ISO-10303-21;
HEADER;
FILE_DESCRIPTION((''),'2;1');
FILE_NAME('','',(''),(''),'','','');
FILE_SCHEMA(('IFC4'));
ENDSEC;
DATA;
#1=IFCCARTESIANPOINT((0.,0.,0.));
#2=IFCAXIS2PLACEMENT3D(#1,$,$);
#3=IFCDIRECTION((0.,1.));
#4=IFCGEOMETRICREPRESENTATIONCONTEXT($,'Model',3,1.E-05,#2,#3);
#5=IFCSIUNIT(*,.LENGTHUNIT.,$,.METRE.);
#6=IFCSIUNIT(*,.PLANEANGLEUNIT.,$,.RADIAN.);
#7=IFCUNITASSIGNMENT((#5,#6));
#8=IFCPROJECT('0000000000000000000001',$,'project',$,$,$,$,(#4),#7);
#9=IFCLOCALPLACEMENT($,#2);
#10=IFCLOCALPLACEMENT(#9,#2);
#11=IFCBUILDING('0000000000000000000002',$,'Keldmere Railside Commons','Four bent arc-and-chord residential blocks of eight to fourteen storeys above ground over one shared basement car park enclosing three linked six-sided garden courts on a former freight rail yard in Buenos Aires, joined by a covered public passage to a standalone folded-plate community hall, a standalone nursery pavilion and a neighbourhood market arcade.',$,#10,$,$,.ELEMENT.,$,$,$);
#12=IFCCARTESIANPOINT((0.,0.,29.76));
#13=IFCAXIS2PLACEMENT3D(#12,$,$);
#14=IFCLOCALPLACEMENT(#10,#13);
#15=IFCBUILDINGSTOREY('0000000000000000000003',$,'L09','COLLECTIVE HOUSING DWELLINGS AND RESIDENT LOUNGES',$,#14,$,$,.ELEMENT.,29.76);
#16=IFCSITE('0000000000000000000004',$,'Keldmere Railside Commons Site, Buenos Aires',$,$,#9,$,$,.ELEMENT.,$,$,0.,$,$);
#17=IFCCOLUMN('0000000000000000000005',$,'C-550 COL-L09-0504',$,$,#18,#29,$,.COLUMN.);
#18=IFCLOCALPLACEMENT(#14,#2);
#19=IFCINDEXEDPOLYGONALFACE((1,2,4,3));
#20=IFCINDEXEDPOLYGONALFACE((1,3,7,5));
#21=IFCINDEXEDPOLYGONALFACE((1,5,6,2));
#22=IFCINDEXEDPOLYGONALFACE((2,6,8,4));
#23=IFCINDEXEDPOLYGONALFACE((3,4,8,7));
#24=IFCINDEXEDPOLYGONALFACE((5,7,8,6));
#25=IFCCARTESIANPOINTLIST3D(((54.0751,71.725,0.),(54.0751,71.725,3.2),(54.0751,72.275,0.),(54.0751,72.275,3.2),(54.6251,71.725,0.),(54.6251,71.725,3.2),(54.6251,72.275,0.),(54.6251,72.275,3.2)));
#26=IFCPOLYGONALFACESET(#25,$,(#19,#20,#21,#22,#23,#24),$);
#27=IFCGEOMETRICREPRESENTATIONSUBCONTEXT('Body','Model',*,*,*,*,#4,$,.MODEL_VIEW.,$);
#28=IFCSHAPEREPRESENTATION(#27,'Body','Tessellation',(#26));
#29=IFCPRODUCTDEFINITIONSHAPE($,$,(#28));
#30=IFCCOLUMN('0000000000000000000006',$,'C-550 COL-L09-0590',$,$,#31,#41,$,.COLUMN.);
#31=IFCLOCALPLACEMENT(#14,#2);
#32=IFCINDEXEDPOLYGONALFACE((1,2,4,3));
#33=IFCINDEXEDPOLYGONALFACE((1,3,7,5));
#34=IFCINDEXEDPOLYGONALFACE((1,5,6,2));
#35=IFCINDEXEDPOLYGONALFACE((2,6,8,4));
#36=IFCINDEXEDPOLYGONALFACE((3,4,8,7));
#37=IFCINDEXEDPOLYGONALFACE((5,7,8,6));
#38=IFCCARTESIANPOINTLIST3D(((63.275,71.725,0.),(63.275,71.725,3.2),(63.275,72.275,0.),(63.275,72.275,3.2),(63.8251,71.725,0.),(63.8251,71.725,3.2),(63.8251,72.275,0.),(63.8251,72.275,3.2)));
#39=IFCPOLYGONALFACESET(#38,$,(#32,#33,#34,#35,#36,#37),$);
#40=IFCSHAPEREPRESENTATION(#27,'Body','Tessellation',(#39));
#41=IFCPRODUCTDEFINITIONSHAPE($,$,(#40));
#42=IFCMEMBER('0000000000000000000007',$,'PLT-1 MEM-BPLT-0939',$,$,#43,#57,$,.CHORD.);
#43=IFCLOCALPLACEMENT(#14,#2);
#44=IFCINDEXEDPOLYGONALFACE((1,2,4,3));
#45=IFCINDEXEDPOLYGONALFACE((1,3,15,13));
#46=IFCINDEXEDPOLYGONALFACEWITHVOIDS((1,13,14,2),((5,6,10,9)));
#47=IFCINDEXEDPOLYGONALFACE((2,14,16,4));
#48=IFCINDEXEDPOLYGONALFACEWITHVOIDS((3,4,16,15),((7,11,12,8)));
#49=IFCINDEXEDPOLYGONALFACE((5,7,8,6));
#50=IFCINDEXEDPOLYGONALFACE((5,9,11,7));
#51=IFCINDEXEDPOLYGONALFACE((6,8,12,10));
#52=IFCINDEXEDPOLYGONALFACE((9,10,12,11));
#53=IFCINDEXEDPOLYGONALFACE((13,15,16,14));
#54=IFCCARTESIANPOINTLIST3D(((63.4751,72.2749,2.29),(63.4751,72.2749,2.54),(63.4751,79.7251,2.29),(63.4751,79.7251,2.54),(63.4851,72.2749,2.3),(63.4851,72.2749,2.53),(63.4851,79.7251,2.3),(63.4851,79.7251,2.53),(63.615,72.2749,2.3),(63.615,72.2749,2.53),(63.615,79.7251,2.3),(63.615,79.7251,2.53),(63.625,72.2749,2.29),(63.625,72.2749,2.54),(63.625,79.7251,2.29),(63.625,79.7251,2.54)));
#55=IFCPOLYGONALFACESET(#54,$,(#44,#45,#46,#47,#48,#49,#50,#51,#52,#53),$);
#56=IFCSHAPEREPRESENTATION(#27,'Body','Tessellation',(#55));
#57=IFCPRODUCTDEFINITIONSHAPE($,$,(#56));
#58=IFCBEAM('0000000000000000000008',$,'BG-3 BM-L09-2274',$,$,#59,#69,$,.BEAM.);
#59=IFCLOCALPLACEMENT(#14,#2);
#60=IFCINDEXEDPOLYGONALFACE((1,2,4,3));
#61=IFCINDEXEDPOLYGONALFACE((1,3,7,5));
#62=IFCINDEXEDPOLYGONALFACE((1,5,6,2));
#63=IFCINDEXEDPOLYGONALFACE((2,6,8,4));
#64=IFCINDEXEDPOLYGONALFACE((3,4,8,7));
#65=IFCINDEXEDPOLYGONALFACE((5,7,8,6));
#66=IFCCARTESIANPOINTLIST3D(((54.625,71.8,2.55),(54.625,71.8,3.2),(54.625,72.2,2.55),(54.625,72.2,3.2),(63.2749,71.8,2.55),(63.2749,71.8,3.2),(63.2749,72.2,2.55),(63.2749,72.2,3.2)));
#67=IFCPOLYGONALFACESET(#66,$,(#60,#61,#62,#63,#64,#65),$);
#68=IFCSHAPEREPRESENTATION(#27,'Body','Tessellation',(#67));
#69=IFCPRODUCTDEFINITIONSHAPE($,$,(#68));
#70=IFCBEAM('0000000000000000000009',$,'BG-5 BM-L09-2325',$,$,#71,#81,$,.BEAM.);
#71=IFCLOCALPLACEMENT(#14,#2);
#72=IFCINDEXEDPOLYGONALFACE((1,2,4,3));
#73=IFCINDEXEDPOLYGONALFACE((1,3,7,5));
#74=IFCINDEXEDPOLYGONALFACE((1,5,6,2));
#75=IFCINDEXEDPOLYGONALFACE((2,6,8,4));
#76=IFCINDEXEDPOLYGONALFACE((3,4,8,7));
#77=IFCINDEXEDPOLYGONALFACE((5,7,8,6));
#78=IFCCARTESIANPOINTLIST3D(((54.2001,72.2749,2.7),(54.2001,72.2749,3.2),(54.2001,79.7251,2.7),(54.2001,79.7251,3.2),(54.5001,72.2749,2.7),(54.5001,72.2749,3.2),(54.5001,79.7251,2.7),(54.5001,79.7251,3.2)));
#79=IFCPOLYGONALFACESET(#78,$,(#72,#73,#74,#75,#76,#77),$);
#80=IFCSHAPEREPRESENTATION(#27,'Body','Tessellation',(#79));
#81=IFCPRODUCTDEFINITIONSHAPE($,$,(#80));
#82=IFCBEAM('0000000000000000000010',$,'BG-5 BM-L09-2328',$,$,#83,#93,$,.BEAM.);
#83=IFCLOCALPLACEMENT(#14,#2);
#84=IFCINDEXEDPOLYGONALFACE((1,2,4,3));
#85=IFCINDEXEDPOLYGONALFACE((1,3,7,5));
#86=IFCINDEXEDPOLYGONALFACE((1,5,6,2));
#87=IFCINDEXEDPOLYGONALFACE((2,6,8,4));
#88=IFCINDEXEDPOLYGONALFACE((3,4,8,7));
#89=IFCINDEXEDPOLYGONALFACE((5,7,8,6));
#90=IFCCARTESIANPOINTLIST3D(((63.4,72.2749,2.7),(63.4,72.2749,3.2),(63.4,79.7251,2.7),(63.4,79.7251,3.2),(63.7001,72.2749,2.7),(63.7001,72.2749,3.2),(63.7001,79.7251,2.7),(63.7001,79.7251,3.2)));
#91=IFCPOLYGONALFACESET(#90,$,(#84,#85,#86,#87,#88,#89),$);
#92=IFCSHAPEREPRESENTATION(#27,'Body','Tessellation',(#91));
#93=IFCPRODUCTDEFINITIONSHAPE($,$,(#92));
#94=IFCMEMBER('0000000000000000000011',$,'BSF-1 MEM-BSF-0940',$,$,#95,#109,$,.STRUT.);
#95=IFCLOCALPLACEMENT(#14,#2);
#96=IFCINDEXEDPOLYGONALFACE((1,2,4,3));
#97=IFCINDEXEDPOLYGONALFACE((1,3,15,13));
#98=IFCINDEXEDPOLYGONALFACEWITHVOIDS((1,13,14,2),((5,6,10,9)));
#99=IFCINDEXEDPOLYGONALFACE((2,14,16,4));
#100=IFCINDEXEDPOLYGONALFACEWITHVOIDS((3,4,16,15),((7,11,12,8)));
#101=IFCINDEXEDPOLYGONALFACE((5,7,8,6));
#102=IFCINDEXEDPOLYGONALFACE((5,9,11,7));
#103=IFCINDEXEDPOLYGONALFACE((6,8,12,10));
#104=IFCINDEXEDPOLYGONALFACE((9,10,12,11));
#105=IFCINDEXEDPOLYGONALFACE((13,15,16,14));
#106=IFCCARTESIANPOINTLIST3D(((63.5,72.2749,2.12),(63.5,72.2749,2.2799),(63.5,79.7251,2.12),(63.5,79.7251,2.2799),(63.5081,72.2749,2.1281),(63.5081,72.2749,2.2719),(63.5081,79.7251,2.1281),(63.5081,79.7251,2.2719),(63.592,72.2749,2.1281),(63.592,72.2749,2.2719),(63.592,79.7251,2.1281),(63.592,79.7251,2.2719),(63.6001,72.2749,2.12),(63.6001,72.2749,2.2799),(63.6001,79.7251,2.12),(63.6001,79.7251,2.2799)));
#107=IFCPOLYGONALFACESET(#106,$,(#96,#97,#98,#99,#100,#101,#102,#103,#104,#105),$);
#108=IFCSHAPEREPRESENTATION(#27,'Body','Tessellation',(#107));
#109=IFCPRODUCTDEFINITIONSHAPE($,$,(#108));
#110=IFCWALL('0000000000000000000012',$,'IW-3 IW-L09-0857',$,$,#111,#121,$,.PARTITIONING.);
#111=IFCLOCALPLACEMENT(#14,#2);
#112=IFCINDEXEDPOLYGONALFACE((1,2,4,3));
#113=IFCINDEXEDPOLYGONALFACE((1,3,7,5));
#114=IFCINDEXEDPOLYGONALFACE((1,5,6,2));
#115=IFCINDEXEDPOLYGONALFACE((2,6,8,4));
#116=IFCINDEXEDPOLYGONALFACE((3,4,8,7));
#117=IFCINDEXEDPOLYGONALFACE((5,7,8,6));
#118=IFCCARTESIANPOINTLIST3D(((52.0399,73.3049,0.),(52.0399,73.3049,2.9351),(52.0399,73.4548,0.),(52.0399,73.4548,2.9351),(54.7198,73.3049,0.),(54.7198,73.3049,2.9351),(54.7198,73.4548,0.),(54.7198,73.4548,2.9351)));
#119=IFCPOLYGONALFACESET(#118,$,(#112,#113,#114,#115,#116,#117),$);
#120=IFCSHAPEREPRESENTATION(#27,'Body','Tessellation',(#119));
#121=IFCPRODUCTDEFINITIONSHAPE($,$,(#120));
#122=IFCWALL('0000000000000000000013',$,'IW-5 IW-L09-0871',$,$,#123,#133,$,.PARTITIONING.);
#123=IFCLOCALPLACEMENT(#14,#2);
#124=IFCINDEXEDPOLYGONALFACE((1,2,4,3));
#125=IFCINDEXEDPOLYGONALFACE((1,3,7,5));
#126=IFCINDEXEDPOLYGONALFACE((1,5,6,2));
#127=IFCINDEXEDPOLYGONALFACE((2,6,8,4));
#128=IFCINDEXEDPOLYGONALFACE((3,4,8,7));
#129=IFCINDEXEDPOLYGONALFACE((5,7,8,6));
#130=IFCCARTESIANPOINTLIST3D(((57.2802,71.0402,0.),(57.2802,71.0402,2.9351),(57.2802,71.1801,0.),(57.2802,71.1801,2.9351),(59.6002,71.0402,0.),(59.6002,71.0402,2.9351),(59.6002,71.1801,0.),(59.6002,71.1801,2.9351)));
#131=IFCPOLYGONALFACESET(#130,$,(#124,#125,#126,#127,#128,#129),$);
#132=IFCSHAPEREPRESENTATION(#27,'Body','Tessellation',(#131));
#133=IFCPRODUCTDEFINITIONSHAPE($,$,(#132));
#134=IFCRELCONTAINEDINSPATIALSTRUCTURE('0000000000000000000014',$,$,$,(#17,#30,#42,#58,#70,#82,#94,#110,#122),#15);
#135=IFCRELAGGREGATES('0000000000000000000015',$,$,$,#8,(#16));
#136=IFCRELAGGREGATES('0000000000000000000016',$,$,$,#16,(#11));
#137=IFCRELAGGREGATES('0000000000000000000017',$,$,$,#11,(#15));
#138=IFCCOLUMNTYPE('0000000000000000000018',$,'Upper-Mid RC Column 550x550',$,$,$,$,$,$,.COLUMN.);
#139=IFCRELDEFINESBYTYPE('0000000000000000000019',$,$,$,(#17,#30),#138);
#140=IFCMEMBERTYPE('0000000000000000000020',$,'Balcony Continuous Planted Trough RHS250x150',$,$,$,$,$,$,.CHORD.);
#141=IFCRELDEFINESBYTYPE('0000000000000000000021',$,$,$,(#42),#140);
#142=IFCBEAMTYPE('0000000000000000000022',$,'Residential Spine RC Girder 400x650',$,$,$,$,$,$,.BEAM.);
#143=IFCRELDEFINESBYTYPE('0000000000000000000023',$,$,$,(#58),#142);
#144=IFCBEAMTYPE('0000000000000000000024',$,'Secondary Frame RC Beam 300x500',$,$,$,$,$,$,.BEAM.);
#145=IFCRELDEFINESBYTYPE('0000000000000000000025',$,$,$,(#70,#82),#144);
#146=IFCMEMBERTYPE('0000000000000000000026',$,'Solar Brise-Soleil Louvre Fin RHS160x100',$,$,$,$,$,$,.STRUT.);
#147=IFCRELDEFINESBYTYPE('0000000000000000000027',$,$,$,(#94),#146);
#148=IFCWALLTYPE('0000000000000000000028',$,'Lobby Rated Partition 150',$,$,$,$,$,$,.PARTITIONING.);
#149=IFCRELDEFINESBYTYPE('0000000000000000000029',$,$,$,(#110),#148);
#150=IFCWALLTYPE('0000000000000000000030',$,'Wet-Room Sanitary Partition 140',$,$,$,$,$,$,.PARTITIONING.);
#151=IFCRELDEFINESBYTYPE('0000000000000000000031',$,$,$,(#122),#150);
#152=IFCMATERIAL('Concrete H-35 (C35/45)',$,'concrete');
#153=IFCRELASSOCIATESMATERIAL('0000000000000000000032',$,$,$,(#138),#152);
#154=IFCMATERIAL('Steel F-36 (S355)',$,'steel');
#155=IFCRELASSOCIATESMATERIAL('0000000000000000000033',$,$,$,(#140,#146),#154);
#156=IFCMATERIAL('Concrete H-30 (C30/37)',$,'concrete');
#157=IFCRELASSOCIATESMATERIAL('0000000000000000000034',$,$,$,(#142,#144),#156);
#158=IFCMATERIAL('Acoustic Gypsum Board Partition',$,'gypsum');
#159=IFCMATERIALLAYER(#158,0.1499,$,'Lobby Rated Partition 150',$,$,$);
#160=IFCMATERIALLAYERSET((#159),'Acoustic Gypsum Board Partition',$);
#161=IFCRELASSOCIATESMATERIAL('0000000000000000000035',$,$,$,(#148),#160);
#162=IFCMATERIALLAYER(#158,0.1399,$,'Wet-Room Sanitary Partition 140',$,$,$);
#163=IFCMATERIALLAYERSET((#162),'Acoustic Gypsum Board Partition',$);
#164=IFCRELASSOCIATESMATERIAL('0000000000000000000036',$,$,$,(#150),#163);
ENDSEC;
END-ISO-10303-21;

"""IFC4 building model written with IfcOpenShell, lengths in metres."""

from ifc_helpers import new_model, si_unit, direction, frame, frame_2d, origin, origin_2d, place, context, subcontext, project, spatial, rectangle, hollow_rectangle, extrude, material, layer, layer_set, material_profile, profile_set, type_object, element, save


model = new_model("IFC4")

# Units and contexts
model_context = context("Model", 3, precision=1e-05, world=origin(), true_north=direction((0.0, 1.0)))
body_context = subcontext(model_context, "Body", "Model", "MODEL_VIEW")
ifc_project = project(units=[si_unit("LENGTHUNIT", "METRE"), si_unit("PLANEANGLEUNIT", "RADIAN")], contexts=[model_context])

# Site, building, storey
site_placement = place(None, origin())
site = spatial("IfcSite", under=ifc_project, at=site_placement, Name="Keldmere Railside Commons Site, Buenos Aires", CompositionType="ELEMENT", RefElevation=0.0)
building_placement = place(site_placement, origin())
building = spatial("IfcBuilding", under=site, at=building_placement, Name="Keldmere Railside Commons", Description="Four bent arc-and-chord residential blocks of eight to fourteen storeys above ground over one shared basement car park enclosing three linked six-sided garden courts on a former freight rail yard in Buenos Aires, joined by a covered public passage to a standalone folded-plate community hall, a standalone nursery pavilion and a neighbourhood market arcade.", CompositionType="ELEMENT")
storey_placement = place(building_placement, frame((0.0, 0.0, 29.76)))
storey = spatial("IfcBuildingStorey", under=building, at=storey_placement, Name="L09", Description="COLLECTIVE HOUSING DWELLINGS AND RESIDENT LOUNGES", CompositionType="ELEMENT", Elevation=29.76)

# Columns
ifc_material_1 = material(Name="Concrete H-35 (C35/45)", Category="concrete")
ifc_material_profile_1 = material_profile(ifc_material_1, rectangle(XDim=0.55, YDim=0.55, at=origin_2d()), Name="RC-550x550")
ifc_profile_set_1 = profile_set([ifc_material_profile_1], Name="Concrete H-35 (C35/45)")
column_type = type_object("IfcColumnType", Name="Upper-Mid RC Column 550x550", PredefinedType="COLUMN", material=ifc_profile_set_1)
for number, where, z_axis, x_axis, name in (
    (1, (54.3501, 72.0, 0.0), (0.0, 0.0, 1.0), (1.0, 0.0, 0.0), "C-550 COL-L09-0504"),
    (2, (63.55, 72.0, 0.0), (0.0, 0.0, 1.0), (1.0, 0.0, 0.0), "C-550 COL-L09-0590"),
):
    element("IfcColumn", number, at=place(storey_placement, frame(where, z_axis=z_axis, x_axis=x_axis)), inside=storey, type_object=column_type, Name=name, PredefinedType="COLUMN", context=body_context, shape_type="SweptSolid", body=[
        extrude(rectangle(XDim=0.55, YDim=0.55, at=origin_2d()), origin(), (0.0, 0.0, 1.0), 3.2),
    ])

# Member
ifc_material_2 = material(Name="Steel F-36 (S355)", Category="steel")
ifc_material_profile_2 = material_profile(ifc_material_2, hollow_rectangle(XDim=0.1499, YDim=0.25, WallThickness=0.01, at=origin_2d()), Name="RHS-250x150x10")
ifc_profile_set_2 = profile_set([ifc_material_profile_2], Name="Steel F-36 (S355)")
member_type_1 = type_object("IfcMemberType", Name="Balcony Continuous Planted Trough RHS250x150", PredefinedType="CHORD", material=ifc_profile_set_2)
member_1_placement = place(storey_placement, frame((63.55, 72.2749, 2.415), z_axis=(0.0, 1.0, 0.0), x_axis=(-1.0, 0.0, 0.0)))
element("IfcMember", 3, at=member_1_placement, inside=storey, type_object=member_type_1, Name="PLT-1 MEM-BPLT-0939", PredefinedType="CHORD", context=body_context, shape_type="SweptSolid", body=[
    extrude(hollow_rectangle(XDim=0.1499, YDim=0.25, WallThickness=0.01, at=origin_2d()), origin(), (0.0, 0.0, 1.0), 7.4502),
])

# Beams
ifc_material_3 = material(Name="Concrete H-30 (C30/37)", Category="concrete")
ifc_material_profile_3 = material_profile(ifc_material_3, rectangle(XDim=0.3999, YDim=0.6499, at=origin_2d()), Name="RC-400x650")
ifc_profile_set_3 = profile_set([ifc_material_profile_3], Name="Concrete H-30 (C30/37)")
beam_type_1 = type_object("IfcBeamType", Name="Residential Spine RC Girder 400x650", PredefinedType="BEAM", material=ifc_profile_set_3)
beam_placement = place(storey_placement, frame((54.625, 72.0, 2.875), z_axis=(1.0, 0.0, 0.0), x_axis=(0.0, 1.0, 0.0)))
element("IfcBeam", 4, at=beam_placement, inside=storey, type_object=beam_type_1, Name="BG-3 BM-L09-2274", PredefinedType="BEAM", context=body_context, shape_type="SweptSolid", body=[
    extrude(rectangle(XDim=0.3999, YDim=0.6499, at=origin_2d()), origin(), (0.0, 0.0, 1.0), 8.6499),
])
ifc_material_profile_4 = material_profile(ifc_material_3, rectangle(XDim=0.3, YDim=0.5, at=origin_2d()), Name="RC-300x500")
ifc_profile_set_4 = profile_set([ifc_material_profile_4], Name="Concrete H-30 (C30/37)")
beam_type_2 = type_object("IfcBeamType", Name="Secondary Frame RC Beam 300x500", PredefinedType="BEAM", material=ifc_profile_set_4)
for number, where, z_axis, x_axis, name in (
    (5, (54.3501, 72.2749, 2.95), (0.0, 1.0, 0.0), (-1.0, 0.0, 0.0), "BG-5 BM-L09-2325"),
    (6, (63.55, 72.2749, 2.95), (0.0, 1.0, 0.0), (-1.0, 0.0, 0.0), "BG-5 BM-L09-2328"),
):
    element("IfcBeam", number, at=place(storey_placement, frame(where, z_axis=z_axis, x_axis=x_axis)), inside=storey, type_object=beam_type_2, Name=name, PredefinedType="BEAM", context=body_context, shape_type="SweptSolid", body=[
        extrude(rectangle(XDim=0.3, YDim=0.5, at=origin_2d()), origin(), (0.0, 0.0, 1.0), 7.4502),
    ])

# Member
ifc_material_profile_5 = material_profile(ifc_material_2, hollow_rectangle(XDim=0.1001, YDim=0.1599, WallThickness=0.0081, at=origin_2d()), Name="RHS-160x100x8")
ifc_profile_set_5 = profile_set([ifc_material_profile_5], Name="Steel F-36 (S355)")
member_type_2 = type_object("IfcMemberType", Name="Solar Brise-Soleil Louvre Fin RHS160x100", PredefinedType="STRUT", material=ifc_profile_set_5)
member_2_placement = place(storey_placement, frame((63.55, 72.2749, 2.2), z_axis=(0.0, 1.0, 0.0), x_axis=(-1.0, 0.0, 0.0)))
element("IfcMember", 7, at=member_2_placement, inside=storey, type_object=member_type_2, Name="BSF-1 MEM-BSF-0940", PredefinedType="STRUT", context=body_context, shape_type="SweptSolid", body=[
    extrude(hollow_rectangle(XDim=0.1001, YDim=0.1599, WallThickness=0.0081, at=origin_2d()), origin(), (0.0, 0.0, 1.0), 7.4502),
])

# Walls
ifc_material_4 = material(Name="Acoustic Gypsum Board Partition", Category="gypsum")
ifc_layer_1 = layer(ifc_material_4, 0.1499, Name="Lobby Rated Partition 150")
ifc_layer_set_1 = layer_set([ifc_layer_1], Name="Acoustic Gypsum Board Partition")
wall_type_1 = type_object("IfcWallType", Name="Lobby Rated Partition 150", PredefinedType="PARTITIONING", material=ifc_layer_set_1)
wall_1_placement = place(storey_placement, frame((52.04, 73.3799, 0.0), z_axis=(0.0, 0.0, 1.0), x_axis=(1.0, 0.0, 0.0)))
element("IfcWall", 8, at=wall_1_placement, inside=storey, type_object=wall_type_1, Name="IW-3 IW-L09-0857", PredefinedType="PARTITIONING", context=body_context, shape_type="SweptSolid", body=[
    extrude(rectangle(XDim=2.6799, YDim=0.1499, at=frame_2d((1.3398, 0.0))), origin(), (0.0, 0.0, 1.0), 2.9351),
])
ifc_layer_2 = layer(ifc_material_4, 0.1399, Name="Wet-Room Sanitary Partition 140")
ifc_layer_set_2 = layer_set([ifc_layer_2], Name="Acoustic Gypsum Board Partition")
wall_type_2 = type_object("IfcWallType", Name="Wet-Room Sanitary Partition 140", PredefinedType="PARTITIONING", material=ifc_layer_set_2)
wall_2_placement = place(storey_placement, frame((57.28, 71.1101, 0.0), z_axis=(0.0, 0.0, 1.0), x_axis=(1.0, 0.0, 0.0)))
element("IfcWall", 9, at=wall_2_placement, inside=storey, type_object=wall_type_2, Name="IW-5 IW-L09-0871", PredefinedType="PARTITIONING", context=body_context, shape_type="SweptSolid", body=[
    extrude(rectangle(XDim=2.3201, YDim=0.1399, at=frame_2d((1.1602, 0.0))), origin(), (0.0, 0.0, 1.0), 2.9351),
])

save(model, "model.ifc")
